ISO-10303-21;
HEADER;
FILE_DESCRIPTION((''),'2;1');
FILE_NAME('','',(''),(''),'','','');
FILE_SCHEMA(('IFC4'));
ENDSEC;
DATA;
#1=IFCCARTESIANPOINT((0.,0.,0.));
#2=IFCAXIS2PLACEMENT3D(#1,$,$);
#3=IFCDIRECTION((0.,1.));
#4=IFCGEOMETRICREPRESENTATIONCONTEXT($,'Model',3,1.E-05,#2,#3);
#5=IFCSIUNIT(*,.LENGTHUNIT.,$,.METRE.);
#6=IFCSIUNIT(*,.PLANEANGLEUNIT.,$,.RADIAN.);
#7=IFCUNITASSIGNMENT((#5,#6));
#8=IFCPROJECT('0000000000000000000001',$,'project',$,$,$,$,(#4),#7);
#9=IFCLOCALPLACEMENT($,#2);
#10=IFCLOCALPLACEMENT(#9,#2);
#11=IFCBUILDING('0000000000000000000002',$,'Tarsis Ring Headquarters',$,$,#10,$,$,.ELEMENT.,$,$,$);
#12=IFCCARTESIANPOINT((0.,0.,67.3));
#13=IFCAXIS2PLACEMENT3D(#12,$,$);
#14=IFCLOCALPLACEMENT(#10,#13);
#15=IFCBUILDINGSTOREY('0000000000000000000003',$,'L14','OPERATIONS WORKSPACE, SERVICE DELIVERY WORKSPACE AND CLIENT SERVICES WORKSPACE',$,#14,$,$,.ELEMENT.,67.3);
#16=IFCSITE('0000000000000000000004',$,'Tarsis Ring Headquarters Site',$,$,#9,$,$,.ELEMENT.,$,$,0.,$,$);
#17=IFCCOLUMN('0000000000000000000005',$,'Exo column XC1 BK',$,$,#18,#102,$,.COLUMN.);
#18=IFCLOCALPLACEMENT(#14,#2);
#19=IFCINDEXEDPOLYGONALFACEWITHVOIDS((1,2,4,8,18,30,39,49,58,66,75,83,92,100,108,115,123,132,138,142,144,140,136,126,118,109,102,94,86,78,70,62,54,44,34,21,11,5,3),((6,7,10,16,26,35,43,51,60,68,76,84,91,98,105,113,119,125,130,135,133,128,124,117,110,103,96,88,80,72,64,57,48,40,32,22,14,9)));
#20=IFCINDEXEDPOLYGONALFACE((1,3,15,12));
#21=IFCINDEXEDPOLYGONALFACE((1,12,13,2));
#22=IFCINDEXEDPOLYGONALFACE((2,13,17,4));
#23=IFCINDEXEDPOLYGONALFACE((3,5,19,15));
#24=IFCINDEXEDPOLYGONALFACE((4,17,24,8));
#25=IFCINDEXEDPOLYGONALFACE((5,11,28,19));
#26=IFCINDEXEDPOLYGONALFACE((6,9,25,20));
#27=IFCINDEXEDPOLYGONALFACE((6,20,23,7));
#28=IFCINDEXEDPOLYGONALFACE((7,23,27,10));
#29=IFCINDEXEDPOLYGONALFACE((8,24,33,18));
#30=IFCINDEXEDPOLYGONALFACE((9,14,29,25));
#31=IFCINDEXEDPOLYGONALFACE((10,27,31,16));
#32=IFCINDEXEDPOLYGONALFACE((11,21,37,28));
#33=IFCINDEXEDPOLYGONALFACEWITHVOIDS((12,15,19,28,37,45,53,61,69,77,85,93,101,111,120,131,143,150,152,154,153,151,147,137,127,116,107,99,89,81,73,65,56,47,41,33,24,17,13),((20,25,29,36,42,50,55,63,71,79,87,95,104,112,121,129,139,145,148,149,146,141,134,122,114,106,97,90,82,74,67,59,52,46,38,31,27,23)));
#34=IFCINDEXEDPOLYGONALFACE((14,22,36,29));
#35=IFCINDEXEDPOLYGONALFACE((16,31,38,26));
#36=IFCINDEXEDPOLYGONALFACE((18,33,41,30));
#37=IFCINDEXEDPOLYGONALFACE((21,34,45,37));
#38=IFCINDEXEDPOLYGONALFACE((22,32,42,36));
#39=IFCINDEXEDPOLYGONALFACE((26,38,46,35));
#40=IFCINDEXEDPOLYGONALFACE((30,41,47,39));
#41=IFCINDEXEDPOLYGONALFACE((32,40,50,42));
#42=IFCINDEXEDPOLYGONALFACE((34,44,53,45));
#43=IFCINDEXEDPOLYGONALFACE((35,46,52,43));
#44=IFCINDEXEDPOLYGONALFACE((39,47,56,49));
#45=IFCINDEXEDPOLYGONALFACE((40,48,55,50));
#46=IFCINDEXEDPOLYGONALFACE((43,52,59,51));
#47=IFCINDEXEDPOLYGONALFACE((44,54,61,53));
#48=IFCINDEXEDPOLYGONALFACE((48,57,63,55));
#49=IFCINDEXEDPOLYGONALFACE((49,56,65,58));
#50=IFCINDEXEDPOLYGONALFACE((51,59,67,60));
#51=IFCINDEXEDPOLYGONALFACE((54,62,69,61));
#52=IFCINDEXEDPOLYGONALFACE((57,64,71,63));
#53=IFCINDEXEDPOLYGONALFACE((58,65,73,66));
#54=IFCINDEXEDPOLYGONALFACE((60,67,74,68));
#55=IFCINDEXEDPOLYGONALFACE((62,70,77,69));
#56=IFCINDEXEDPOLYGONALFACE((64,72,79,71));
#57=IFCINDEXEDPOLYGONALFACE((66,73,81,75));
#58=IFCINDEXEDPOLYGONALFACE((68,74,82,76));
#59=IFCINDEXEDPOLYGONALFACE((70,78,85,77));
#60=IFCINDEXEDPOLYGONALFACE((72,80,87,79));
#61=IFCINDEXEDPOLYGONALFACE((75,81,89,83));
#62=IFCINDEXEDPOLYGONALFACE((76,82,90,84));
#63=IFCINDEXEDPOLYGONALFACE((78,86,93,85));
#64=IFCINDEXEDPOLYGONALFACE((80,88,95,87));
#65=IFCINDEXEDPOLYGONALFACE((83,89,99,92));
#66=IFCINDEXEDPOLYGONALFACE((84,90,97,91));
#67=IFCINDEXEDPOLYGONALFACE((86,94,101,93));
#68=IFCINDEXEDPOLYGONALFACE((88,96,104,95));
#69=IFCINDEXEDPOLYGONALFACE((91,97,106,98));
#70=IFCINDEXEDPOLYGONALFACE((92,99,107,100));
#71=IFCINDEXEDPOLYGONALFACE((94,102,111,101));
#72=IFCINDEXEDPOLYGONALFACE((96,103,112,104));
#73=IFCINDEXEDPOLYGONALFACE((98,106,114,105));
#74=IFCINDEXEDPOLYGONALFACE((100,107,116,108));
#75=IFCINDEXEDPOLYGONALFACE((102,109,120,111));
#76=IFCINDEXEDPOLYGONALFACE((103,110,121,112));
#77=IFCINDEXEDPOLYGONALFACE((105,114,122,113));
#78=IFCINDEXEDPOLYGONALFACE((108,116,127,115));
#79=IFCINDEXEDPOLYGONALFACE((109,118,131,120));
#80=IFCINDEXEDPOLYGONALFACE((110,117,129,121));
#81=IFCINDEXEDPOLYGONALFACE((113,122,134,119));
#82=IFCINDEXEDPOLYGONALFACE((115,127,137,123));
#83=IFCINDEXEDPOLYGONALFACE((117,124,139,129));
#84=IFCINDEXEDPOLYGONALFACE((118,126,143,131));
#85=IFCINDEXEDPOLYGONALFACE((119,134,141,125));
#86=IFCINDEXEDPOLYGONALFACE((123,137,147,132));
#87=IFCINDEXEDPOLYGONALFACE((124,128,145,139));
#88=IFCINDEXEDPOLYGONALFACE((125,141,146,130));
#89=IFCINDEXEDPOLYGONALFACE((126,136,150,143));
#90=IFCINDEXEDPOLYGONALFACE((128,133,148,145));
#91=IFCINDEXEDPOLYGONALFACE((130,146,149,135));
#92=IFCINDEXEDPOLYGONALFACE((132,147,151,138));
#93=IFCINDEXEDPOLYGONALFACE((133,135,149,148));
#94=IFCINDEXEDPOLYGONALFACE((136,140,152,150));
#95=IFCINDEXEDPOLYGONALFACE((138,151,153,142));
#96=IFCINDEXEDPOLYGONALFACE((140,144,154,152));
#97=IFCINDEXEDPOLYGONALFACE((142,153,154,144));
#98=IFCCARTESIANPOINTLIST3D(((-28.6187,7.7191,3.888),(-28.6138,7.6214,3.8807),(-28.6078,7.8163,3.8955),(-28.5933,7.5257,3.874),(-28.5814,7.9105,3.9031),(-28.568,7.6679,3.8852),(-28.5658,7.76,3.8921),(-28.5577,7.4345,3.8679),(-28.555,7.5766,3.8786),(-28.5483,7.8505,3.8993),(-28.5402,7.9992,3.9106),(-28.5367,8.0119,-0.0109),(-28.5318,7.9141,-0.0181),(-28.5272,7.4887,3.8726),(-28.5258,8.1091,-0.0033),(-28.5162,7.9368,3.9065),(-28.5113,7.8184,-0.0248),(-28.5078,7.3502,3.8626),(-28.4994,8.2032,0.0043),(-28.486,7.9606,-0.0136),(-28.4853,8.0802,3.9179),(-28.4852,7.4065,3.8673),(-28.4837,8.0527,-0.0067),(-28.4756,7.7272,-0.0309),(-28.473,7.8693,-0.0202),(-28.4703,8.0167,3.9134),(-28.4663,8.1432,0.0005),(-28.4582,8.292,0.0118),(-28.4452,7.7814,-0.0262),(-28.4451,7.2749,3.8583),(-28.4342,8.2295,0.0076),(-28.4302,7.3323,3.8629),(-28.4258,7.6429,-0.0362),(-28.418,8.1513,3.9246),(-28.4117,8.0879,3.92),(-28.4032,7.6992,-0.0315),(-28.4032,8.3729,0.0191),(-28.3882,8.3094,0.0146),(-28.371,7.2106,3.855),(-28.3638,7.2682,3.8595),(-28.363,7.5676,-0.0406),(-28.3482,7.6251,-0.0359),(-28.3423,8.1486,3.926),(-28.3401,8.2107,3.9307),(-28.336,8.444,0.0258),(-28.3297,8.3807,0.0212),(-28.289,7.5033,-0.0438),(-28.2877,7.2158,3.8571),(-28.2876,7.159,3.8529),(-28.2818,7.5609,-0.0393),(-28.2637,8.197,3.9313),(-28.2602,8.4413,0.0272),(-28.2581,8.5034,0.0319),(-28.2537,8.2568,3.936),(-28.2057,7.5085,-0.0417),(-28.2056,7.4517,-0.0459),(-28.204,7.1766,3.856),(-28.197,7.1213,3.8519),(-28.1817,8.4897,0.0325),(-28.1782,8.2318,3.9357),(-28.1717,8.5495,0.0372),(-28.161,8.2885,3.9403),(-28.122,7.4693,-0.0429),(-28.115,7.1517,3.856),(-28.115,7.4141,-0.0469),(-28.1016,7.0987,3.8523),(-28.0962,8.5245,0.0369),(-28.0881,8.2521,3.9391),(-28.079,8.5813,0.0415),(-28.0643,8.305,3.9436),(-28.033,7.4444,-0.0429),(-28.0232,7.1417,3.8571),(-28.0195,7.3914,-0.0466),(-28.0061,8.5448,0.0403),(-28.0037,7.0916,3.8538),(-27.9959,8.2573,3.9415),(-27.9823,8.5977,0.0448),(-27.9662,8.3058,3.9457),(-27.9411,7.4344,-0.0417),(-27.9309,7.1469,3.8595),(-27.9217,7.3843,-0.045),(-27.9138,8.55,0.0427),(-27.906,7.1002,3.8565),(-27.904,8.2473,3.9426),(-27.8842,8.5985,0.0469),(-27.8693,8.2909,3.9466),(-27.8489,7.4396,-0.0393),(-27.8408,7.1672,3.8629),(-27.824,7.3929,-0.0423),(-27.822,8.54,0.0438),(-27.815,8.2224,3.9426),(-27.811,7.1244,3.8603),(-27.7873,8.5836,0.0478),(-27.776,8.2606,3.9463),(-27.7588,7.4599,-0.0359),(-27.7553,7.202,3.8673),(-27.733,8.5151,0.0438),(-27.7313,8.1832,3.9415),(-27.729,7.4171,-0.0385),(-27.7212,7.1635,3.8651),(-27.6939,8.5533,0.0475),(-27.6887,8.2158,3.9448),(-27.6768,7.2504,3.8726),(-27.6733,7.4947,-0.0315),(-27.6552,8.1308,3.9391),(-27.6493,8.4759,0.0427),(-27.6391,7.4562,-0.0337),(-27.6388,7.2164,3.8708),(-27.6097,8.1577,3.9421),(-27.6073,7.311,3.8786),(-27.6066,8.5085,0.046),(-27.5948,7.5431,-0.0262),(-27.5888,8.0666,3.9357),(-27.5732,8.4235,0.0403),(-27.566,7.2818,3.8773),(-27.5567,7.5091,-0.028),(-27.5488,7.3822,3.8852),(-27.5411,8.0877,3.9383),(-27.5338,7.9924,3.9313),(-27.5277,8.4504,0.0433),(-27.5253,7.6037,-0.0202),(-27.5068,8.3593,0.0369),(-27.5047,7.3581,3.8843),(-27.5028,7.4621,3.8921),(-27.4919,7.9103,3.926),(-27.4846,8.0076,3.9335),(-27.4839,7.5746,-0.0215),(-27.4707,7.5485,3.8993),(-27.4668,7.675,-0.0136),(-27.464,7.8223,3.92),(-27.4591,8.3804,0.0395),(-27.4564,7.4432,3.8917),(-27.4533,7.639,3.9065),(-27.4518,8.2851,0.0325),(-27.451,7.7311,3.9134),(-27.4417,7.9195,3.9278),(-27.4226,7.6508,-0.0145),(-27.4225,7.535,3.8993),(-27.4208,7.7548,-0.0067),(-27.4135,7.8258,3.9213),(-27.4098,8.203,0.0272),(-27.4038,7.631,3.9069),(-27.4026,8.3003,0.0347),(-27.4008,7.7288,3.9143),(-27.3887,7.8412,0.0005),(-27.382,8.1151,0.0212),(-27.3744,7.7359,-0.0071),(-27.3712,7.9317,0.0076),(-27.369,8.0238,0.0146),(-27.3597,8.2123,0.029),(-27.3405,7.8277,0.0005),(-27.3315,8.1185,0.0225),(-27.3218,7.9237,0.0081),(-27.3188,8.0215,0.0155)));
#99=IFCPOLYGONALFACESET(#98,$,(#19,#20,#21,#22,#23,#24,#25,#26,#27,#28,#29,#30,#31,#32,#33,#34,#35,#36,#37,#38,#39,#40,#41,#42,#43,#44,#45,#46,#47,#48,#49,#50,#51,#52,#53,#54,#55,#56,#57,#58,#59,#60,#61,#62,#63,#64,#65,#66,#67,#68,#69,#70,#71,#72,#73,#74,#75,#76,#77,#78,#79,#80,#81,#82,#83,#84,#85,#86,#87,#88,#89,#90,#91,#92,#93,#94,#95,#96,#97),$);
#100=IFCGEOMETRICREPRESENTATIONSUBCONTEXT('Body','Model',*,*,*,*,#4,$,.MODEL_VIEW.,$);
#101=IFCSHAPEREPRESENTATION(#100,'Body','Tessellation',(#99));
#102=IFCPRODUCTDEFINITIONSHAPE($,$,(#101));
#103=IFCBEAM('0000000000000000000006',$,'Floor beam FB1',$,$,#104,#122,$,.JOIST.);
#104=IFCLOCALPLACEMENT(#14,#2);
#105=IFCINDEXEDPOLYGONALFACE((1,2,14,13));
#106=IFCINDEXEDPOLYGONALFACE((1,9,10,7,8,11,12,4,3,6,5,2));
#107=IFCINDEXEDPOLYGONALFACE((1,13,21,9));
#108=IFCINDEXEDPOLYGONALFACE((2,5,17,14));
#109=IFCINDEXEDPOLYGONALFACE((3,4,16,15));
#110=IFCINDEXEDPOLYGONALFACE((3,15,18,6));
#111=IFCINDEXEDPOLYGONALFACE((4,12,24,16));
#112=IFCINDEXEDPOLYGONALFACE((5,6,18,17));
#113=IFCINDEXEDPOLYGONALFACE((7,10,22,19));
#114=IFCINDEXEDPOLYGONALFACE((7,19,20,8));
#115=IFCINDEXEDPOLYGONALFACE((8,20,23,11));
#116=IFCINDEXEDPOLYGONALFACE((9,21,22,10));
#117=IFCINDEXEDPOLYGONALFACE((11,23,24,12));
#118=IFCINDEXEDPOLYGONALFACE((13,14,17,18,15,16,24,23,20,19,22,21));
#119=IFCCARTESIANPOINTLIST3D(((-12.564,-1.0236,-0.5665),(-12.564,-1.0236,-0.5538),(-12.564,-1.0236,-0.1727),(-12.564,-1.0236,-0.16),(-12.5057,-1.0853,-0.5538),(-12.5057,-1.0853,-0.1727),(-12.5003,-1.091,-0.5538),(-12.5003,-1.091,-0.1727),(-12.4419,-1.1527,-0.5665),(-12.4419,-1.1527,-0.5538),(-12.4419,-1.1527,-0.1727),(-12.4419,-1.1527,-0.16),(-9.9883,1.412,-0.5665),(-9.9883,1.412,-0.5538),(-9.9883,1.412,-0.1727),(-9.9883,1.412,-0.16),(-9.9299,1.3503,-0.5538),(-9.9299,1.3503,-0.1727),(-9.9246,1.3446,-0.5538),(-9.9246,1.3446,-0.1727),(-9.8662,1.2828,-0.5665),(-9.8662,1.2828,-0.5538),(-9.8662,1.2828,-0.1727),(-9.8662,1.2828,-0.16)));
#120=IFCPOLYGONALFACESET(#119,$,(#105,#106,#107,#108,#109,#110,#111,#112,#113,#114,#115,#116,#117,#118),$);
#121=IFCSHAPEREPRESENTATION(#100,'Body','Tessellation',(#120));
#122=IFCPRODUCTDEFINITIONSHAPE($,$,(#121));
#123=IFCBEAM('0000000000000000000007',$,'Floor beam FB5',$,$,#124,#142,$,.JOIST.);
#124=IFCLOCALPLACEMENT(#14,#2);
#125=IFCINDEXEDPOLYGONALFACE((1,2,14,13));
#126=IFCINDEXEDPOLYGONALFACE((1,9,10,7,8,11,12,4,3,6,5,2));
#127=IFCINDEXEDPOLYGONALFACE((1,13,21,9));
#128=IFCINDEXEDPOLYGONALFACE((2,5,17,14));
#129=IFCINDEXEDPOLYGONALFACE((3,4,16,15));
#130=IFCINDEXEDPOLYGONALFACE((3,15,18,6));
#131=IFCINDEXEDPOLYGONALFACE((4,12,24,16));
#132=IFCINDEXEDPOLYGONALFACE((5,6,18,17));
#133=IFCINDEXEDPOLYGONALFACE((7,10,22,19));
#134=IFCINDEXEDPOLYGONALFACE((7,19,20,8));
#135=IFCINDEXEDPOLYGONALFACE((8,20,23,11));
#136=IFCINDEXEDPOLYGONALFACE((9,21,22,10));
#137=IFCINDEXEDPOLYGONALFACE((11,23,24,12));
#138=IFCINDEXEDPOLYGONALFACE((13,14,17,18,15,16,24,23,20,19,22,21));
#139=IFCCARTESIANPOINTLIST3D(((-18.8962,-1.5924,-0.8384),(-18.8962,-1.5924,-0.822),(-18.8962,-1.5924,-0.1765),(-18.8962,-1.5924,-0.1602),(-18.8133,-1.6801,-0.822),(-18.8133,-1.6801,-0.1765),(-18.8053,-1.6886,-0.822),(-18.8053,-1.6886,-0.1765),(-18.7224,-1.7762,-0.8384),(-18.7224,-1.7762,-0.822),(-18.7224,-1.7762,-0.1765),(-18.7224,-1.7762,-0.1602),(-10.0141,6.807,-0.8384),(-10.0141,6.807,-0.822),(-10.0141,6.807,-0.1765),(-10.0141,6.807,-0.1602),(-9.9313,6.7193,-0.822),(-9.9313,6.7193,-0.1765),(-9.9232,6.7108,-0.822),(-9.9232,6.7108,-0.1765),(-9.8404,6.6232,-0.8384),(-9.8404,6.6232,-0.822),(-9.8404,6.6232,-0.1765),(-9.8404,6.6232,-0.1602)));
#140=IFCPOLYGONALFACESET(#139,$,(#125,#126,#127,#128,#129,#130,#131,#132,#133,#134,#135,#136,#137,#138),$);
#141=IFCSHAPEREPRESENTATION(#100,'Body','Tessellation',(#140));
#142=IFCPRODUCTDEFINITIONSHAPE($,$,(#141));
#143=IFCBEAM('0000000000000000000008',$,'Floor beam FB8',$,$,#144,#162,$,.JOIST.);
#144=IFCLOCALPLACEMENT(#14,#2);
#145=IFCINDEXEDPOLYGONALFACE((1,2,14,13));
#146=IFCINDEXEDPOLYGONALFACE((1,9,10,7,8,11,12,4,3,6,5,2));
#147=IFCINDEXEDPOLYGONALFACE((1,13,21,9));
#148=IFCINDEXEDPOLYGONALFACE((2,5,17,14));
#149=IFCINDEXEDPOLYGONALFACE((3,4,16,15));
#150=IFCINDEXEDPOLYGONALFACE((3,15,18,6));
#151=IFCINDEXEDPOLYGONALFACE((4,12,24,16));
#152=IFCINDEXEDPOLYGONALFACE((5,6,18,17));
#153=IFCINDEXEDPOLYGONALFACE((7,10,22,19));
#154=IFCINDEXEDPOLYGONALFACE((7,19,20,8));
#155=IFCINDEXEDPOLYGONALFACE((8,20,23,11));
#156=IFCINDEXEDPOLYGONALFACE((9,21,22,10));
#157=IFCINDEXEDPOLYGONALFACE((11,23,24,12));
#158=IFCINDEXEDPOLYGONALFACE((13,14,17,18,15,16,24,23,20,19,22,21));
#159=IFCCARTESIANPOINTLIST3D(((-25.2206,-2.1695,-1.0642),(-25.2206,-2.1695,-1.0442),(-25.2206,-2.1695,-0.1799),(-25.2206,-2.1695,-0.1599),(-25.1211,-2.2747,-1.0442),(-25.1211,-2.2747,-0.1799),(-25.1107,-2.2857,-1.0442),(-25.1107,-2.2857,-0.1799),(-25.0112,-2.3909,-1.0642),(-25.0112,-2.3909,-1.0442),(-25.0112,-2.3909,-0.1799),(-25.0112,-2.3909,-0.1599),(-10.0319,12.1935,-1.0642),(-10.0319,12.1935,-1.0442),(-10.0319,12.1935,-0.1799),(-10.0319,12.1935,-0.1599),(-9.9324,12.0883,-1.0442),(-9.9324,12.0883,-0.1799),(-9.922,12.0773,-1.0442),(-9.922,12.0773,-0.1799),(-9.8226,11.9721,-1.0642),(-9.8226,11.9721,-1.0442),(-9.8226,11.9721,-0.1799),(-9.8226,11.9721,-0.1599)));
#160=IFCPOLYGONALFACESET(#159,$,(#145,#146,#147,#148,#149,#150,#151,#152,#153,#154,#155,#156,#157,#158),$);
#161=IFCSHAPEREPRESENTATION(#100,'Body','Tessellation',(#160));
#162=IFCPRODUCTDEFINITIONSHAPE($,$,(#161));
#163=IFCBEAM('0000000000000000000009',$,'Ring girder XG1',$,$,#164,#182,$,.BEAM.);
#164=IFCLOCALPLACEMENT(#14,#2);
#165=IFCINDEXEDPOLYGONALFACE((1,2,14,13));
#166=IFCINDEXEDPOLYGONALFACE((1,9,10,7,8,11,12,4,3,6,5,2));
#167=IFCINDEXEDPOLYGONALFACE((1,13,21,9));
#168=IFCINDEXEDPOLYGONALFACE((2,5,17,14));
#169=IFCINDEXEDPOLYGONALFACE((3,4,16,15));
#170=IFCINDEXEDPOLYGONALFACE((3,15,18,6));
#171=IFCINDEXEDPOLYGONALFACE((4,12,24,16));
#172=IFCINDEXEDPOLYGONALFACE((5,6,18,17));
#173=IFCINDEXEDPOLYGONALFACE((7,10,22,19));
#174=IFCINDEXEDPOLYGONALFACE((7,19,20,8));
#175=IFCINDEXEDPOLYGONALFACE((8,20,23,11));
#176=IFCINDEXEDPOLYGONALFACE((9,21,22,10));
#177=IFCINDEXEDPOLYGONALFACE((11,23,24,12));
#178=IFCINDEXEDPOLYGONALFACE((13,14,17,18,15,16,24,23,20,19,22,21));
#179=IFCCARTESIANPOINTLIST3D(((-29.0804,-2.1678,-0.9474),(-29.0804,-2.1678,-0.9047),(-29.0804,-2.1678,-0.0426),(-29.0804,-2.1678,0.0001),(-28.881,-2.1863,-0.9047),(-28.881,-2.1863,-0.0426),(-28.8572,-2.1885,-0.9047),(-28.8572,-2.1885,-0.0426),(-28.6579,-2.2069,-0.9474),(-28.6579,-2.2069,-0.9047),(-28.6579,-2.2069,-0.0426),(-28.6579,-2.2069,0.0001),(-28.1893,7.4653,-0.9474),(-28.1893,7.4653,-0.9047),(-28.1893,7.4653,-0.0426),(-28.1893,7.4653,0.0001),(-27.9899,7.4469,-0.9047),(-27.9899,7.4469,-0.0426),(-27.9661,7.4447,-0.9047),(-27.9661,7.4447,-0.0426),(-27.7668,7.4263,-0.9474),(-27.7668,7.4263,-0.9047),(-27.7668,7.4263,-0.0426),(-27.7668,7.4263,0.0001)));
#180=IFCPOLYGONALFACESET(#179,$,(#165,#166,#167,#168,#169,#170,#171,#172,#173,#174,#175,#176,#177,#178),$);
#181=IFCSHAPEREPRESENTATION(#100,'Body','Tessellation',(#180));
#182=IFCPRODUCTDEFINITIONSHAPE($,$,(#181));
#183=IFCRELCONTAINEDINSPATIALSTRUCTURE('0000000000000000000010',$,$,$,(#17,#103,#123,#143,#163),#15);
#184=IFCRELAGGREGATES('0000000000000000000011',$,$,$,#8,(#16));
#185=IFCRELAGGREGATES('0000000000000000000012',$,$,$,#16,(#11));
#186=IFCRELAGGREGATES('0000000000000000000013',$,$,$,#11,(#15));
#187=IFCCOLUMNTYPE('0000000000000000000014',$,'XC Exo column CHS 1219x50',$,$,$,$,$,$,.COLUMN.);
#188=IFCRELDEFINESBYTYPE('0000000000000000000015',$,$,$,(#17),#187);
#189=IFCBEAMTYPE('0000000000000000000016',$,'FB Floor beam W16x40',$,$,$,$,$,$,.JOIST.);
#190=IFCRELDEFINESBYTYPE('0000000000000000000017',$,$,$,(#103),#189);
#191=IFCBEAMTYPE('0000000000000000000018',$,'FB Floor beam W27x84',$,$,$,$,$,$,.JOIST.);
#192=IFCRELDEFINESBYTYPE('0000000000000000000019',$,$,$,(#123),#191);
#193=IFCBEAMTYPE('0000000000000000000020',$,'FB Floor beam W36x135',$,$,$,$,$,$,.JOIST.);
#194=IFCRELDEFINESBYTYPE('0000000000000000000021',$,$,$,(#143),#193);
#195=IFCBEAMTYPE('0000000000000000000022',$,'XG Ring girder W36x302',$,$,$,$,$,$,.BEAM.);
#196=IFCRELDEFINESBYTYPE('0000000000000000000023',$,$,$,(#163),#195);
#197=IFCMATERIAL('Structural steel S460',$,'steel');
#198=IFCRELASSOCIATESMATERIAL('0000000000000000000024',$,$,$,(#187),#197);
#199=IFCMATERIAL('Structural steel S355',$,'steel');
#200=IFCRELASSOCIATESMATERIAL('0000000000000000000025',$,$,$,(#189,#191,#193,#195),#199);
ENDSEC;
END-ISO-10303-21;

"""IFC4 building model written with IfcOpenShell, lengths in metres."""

from ifc_helpers import new_model, si_unit, direction, frame, origin, origin_2d, place, context, subcontext, project, spatial, hollow_circle, i_section, extrude, material, material_profile, profile_set, type_object, element, save


model = new_model("IFC4")

# Units and contexts
model_context = context("Model", 3, precision=1e-05, world=origin(), true_north=direction((0.0, 1.0)))
body_context = subcontext(model_context, "Body", "Model", "MODEL_VIEW")
ifc_project = project(units=[si_unit("LENGTHUNIT", "METRE"), si_unit("PLANEANGLEUNIT", "RADIAN")], contexts=[model_context])

# Site, building, storey
site_placement = place(None, origin())
site = spatial("IfcSite", under=ifc_project, at=site_placement, Name="Tarsis Ring Headquarters Site", CompositionType="ELEMENT", RefElevation=0.0)
building_placement = place(site_placement, origin())
building = spatial("IfcBuilding", under=site, at=building_placement, Name="Tarsis Ring Headquarters", CompositionType="ELEMENT")
storey_placement = place(building_placement, frame((0.0, 0.0, 67.3)))
storey = spatial("IfcBuildingStorey", under=building, at=storey_placement, Name="L14", Description="OPERATIONS WORKSPACE, SERVICE DELIVERY WORKSPACE AND CLIENT SERVICES WORKSPACE", CompositionType="ELEMENT", Elevation=67.3)

# Column
ifc_material_1 = material(Name="Structural steel S460", Category="steel")
ifc_material_profile_1 = material_profile(ifc_material_1, hollow_circle(Radius=0.6096, WallThickness=0.05, at=origin_2d()), Name="CHS 1219x50")
ifc_profile_set_1 = profile_set([ifc_material_profile_1], Name="Structural steel S460")
column_type = type_object("IfcColumnType", Name="XC Exo column CHS 1219x50", PredefinedType="COLUMN", material=ifc_profile_set_1)
column_placement = place(storey_placement, frame((-27.9275, 7.9922, 0.0005), z_axis=(-0.020976, -0.074851, 0.996974), x_axis=(0.962906, -0.269838, 0.0)))
element("IfcColumn", 1, at=column_placement, inside=storey, type_object=column_type, Name="Exo column XC1 BK", PredefinedType="COLUMN", context=body_context, shape_type="SweptSolid", body=[
    extrude(hollow_circle(Radius=0.6096, WallThickness=0.05, at=origin_2d()), origin(), (0.0, 0.0, 1.0), 3.9106),
])

# Beams
ifc_material_2 = material(Name="Structural steel S355", Category="steel")
ifc_material_profile_2 = material_profile(ifc_material_2, i_section(OverallWidth=0.1777, OverallDepth=0.4065, WebThickness=0.0078, FlangeThickness=0.0127, at=origin_2d()), Name="W16x40")
ifc_profile_set_2 = profile_set([ifc_material_profile_2], Name="Structural steel S355")
beam_type_1 = type_object("IfcBeamType", Name="FB Floor beam W16x40", PredefinedType="JOIST", material=ifc_profile_set_2)
beam_1_placement = place(storey_placement, frame((-9.9272, 1.3474, -0.3633), z_axis=(-0.726597, -0.687064, 0.0), x_axis=(0.687064, -0.726597, 0.0)))
element("IfcBeam", 2, at=beam_1_placement, inside=storey, type_object=beam_type_1, Name="Floor beam FB1", PredefinedType="JOIST", context=body_context, shape_type="SweptSolid", body=[
    extrude(i_section(OverallWidth=0.1777, OverallDepth=0.4065, WebThickness=0.0078, FlangeThickness=0.0127, at=origin_2d()), origin(), (0.0, 0.0, 1.0), 3.5449),
])
ifc_material_profile_3 = material_profile(ifc_material_2, i_section(OverallWidth=0.2529, OverallDepth=0.6782, WebThickness=0.0117, FlangeThickness=0.0164, at=origin_2d()), Name="W27x84")
ifc_profile_set_3 = profile_set([ifc_material_profile_3], Name="Structural steel S355")
beam_type_2 = type_object("IfcBeamType", Name="FB Floor beam W27x84", PredefinedType="JOIST", material=ifc_profile_set_3)
beam_2_placement = place(storey_placement, frame((-9.9272, 6.7151, -0.4993), z_axis=(-0.726573, -0.68709, 0.0), x_axis=(0.68709, -0.726573, 0.0)))
element("IfcBeam", 3, at=beam_2_placement, inside=storey, type_object=beam_type_2, Name="Floor beam FB5", PredefinedType="JOIST", context=body_context, shape_type="SweptSolid", body=[
    extrude(i_section(OverallWidth=0.2529, OverallDepth=0.6782, WebThickness=0.0117, FlangeThickness=0.0164, at=origin_2d()), origin(), (0.0, 0.0, 1.0), 12.2246),
])
ifc_material_profile_4 = material_profile(ifc_material_2, i_section(OverallWidth=0.3047, OverallDepth=0.9043, WebThickness=0.0151, FlangeThickness=0.02, at=origin_2d()), Name="W36x135")
ifc_profile_set_4 = profile_set([ifc_material_profile_4], Name="Structural steel S355")
beam_type_3 = type_object("IfcBeamType", Name="FB Floor beam W36x135", PredefinedType="JOIST", material=ifc_profile_set_4)
beam_3_placement = place(storey_placement, frame((-9.9272, 12.0828, -0.6121), z_axis=(-0.72658, -0.687082, 0.0), x_axis=(0.687082, -0.72658, 0.0)))
element("IfcBeam", 4, at=beam_3_placement, inside=storey, type_object=beam_type_3, Name="Floor beam FB8", PredefinedType="JOIST", context=body_context, shape_type="SweptSolid", body=[
    extrude(i_section(OverallWidth=0.3047, OverallDepth=0.9043, WebThickness=0.0151, FlangeThickness=0.02, at=origin_2d()), origin(), (0.0, 0.0, 1.0), 20.9043),
])
ifc_material_profile_5 = material_profile(ifc_material_2, i_section(OverallWidth=0.4243, OverallDepth=0.9475, WebThickness=0.0239, FlangeThickness=0.0427, at=origin_2d()), Name="W36x302")
ifc_profile_set_5 = profile_set([ifc_material_profile_5], Name="Structural steel S355")
beam_type_4 = type_object("IfcBeamType", Name="XG Ring girder W36x302", PredefinedType="BEAM", material=ifc_profile_set_5)
beam_4_placement = place(storey_placement, frame((-27.978, 7.4458, -0.4736), z_axis=(-0.09211, -0.995749, 0.0), x_axis=(0.995749, -0.09211, 0.0)))
element("IfcBeam", 5, at=beam_4_placement, inside=storey, type_object=beam_type_4, Name="Ring girder XG1", PredefinedType="BEAM", context=body_context, shape_type="SweptSolid", body=[
    extrude(i_section(OverallWidth=0.4243, OverallDepth=0.9475, WebThickness=0.0239, FlangeThickness=0.0427, at=origin_2d()), origin(), (0.0, 0.0, 1.0), 9.6743),
])

save(model, "model.ifc")
